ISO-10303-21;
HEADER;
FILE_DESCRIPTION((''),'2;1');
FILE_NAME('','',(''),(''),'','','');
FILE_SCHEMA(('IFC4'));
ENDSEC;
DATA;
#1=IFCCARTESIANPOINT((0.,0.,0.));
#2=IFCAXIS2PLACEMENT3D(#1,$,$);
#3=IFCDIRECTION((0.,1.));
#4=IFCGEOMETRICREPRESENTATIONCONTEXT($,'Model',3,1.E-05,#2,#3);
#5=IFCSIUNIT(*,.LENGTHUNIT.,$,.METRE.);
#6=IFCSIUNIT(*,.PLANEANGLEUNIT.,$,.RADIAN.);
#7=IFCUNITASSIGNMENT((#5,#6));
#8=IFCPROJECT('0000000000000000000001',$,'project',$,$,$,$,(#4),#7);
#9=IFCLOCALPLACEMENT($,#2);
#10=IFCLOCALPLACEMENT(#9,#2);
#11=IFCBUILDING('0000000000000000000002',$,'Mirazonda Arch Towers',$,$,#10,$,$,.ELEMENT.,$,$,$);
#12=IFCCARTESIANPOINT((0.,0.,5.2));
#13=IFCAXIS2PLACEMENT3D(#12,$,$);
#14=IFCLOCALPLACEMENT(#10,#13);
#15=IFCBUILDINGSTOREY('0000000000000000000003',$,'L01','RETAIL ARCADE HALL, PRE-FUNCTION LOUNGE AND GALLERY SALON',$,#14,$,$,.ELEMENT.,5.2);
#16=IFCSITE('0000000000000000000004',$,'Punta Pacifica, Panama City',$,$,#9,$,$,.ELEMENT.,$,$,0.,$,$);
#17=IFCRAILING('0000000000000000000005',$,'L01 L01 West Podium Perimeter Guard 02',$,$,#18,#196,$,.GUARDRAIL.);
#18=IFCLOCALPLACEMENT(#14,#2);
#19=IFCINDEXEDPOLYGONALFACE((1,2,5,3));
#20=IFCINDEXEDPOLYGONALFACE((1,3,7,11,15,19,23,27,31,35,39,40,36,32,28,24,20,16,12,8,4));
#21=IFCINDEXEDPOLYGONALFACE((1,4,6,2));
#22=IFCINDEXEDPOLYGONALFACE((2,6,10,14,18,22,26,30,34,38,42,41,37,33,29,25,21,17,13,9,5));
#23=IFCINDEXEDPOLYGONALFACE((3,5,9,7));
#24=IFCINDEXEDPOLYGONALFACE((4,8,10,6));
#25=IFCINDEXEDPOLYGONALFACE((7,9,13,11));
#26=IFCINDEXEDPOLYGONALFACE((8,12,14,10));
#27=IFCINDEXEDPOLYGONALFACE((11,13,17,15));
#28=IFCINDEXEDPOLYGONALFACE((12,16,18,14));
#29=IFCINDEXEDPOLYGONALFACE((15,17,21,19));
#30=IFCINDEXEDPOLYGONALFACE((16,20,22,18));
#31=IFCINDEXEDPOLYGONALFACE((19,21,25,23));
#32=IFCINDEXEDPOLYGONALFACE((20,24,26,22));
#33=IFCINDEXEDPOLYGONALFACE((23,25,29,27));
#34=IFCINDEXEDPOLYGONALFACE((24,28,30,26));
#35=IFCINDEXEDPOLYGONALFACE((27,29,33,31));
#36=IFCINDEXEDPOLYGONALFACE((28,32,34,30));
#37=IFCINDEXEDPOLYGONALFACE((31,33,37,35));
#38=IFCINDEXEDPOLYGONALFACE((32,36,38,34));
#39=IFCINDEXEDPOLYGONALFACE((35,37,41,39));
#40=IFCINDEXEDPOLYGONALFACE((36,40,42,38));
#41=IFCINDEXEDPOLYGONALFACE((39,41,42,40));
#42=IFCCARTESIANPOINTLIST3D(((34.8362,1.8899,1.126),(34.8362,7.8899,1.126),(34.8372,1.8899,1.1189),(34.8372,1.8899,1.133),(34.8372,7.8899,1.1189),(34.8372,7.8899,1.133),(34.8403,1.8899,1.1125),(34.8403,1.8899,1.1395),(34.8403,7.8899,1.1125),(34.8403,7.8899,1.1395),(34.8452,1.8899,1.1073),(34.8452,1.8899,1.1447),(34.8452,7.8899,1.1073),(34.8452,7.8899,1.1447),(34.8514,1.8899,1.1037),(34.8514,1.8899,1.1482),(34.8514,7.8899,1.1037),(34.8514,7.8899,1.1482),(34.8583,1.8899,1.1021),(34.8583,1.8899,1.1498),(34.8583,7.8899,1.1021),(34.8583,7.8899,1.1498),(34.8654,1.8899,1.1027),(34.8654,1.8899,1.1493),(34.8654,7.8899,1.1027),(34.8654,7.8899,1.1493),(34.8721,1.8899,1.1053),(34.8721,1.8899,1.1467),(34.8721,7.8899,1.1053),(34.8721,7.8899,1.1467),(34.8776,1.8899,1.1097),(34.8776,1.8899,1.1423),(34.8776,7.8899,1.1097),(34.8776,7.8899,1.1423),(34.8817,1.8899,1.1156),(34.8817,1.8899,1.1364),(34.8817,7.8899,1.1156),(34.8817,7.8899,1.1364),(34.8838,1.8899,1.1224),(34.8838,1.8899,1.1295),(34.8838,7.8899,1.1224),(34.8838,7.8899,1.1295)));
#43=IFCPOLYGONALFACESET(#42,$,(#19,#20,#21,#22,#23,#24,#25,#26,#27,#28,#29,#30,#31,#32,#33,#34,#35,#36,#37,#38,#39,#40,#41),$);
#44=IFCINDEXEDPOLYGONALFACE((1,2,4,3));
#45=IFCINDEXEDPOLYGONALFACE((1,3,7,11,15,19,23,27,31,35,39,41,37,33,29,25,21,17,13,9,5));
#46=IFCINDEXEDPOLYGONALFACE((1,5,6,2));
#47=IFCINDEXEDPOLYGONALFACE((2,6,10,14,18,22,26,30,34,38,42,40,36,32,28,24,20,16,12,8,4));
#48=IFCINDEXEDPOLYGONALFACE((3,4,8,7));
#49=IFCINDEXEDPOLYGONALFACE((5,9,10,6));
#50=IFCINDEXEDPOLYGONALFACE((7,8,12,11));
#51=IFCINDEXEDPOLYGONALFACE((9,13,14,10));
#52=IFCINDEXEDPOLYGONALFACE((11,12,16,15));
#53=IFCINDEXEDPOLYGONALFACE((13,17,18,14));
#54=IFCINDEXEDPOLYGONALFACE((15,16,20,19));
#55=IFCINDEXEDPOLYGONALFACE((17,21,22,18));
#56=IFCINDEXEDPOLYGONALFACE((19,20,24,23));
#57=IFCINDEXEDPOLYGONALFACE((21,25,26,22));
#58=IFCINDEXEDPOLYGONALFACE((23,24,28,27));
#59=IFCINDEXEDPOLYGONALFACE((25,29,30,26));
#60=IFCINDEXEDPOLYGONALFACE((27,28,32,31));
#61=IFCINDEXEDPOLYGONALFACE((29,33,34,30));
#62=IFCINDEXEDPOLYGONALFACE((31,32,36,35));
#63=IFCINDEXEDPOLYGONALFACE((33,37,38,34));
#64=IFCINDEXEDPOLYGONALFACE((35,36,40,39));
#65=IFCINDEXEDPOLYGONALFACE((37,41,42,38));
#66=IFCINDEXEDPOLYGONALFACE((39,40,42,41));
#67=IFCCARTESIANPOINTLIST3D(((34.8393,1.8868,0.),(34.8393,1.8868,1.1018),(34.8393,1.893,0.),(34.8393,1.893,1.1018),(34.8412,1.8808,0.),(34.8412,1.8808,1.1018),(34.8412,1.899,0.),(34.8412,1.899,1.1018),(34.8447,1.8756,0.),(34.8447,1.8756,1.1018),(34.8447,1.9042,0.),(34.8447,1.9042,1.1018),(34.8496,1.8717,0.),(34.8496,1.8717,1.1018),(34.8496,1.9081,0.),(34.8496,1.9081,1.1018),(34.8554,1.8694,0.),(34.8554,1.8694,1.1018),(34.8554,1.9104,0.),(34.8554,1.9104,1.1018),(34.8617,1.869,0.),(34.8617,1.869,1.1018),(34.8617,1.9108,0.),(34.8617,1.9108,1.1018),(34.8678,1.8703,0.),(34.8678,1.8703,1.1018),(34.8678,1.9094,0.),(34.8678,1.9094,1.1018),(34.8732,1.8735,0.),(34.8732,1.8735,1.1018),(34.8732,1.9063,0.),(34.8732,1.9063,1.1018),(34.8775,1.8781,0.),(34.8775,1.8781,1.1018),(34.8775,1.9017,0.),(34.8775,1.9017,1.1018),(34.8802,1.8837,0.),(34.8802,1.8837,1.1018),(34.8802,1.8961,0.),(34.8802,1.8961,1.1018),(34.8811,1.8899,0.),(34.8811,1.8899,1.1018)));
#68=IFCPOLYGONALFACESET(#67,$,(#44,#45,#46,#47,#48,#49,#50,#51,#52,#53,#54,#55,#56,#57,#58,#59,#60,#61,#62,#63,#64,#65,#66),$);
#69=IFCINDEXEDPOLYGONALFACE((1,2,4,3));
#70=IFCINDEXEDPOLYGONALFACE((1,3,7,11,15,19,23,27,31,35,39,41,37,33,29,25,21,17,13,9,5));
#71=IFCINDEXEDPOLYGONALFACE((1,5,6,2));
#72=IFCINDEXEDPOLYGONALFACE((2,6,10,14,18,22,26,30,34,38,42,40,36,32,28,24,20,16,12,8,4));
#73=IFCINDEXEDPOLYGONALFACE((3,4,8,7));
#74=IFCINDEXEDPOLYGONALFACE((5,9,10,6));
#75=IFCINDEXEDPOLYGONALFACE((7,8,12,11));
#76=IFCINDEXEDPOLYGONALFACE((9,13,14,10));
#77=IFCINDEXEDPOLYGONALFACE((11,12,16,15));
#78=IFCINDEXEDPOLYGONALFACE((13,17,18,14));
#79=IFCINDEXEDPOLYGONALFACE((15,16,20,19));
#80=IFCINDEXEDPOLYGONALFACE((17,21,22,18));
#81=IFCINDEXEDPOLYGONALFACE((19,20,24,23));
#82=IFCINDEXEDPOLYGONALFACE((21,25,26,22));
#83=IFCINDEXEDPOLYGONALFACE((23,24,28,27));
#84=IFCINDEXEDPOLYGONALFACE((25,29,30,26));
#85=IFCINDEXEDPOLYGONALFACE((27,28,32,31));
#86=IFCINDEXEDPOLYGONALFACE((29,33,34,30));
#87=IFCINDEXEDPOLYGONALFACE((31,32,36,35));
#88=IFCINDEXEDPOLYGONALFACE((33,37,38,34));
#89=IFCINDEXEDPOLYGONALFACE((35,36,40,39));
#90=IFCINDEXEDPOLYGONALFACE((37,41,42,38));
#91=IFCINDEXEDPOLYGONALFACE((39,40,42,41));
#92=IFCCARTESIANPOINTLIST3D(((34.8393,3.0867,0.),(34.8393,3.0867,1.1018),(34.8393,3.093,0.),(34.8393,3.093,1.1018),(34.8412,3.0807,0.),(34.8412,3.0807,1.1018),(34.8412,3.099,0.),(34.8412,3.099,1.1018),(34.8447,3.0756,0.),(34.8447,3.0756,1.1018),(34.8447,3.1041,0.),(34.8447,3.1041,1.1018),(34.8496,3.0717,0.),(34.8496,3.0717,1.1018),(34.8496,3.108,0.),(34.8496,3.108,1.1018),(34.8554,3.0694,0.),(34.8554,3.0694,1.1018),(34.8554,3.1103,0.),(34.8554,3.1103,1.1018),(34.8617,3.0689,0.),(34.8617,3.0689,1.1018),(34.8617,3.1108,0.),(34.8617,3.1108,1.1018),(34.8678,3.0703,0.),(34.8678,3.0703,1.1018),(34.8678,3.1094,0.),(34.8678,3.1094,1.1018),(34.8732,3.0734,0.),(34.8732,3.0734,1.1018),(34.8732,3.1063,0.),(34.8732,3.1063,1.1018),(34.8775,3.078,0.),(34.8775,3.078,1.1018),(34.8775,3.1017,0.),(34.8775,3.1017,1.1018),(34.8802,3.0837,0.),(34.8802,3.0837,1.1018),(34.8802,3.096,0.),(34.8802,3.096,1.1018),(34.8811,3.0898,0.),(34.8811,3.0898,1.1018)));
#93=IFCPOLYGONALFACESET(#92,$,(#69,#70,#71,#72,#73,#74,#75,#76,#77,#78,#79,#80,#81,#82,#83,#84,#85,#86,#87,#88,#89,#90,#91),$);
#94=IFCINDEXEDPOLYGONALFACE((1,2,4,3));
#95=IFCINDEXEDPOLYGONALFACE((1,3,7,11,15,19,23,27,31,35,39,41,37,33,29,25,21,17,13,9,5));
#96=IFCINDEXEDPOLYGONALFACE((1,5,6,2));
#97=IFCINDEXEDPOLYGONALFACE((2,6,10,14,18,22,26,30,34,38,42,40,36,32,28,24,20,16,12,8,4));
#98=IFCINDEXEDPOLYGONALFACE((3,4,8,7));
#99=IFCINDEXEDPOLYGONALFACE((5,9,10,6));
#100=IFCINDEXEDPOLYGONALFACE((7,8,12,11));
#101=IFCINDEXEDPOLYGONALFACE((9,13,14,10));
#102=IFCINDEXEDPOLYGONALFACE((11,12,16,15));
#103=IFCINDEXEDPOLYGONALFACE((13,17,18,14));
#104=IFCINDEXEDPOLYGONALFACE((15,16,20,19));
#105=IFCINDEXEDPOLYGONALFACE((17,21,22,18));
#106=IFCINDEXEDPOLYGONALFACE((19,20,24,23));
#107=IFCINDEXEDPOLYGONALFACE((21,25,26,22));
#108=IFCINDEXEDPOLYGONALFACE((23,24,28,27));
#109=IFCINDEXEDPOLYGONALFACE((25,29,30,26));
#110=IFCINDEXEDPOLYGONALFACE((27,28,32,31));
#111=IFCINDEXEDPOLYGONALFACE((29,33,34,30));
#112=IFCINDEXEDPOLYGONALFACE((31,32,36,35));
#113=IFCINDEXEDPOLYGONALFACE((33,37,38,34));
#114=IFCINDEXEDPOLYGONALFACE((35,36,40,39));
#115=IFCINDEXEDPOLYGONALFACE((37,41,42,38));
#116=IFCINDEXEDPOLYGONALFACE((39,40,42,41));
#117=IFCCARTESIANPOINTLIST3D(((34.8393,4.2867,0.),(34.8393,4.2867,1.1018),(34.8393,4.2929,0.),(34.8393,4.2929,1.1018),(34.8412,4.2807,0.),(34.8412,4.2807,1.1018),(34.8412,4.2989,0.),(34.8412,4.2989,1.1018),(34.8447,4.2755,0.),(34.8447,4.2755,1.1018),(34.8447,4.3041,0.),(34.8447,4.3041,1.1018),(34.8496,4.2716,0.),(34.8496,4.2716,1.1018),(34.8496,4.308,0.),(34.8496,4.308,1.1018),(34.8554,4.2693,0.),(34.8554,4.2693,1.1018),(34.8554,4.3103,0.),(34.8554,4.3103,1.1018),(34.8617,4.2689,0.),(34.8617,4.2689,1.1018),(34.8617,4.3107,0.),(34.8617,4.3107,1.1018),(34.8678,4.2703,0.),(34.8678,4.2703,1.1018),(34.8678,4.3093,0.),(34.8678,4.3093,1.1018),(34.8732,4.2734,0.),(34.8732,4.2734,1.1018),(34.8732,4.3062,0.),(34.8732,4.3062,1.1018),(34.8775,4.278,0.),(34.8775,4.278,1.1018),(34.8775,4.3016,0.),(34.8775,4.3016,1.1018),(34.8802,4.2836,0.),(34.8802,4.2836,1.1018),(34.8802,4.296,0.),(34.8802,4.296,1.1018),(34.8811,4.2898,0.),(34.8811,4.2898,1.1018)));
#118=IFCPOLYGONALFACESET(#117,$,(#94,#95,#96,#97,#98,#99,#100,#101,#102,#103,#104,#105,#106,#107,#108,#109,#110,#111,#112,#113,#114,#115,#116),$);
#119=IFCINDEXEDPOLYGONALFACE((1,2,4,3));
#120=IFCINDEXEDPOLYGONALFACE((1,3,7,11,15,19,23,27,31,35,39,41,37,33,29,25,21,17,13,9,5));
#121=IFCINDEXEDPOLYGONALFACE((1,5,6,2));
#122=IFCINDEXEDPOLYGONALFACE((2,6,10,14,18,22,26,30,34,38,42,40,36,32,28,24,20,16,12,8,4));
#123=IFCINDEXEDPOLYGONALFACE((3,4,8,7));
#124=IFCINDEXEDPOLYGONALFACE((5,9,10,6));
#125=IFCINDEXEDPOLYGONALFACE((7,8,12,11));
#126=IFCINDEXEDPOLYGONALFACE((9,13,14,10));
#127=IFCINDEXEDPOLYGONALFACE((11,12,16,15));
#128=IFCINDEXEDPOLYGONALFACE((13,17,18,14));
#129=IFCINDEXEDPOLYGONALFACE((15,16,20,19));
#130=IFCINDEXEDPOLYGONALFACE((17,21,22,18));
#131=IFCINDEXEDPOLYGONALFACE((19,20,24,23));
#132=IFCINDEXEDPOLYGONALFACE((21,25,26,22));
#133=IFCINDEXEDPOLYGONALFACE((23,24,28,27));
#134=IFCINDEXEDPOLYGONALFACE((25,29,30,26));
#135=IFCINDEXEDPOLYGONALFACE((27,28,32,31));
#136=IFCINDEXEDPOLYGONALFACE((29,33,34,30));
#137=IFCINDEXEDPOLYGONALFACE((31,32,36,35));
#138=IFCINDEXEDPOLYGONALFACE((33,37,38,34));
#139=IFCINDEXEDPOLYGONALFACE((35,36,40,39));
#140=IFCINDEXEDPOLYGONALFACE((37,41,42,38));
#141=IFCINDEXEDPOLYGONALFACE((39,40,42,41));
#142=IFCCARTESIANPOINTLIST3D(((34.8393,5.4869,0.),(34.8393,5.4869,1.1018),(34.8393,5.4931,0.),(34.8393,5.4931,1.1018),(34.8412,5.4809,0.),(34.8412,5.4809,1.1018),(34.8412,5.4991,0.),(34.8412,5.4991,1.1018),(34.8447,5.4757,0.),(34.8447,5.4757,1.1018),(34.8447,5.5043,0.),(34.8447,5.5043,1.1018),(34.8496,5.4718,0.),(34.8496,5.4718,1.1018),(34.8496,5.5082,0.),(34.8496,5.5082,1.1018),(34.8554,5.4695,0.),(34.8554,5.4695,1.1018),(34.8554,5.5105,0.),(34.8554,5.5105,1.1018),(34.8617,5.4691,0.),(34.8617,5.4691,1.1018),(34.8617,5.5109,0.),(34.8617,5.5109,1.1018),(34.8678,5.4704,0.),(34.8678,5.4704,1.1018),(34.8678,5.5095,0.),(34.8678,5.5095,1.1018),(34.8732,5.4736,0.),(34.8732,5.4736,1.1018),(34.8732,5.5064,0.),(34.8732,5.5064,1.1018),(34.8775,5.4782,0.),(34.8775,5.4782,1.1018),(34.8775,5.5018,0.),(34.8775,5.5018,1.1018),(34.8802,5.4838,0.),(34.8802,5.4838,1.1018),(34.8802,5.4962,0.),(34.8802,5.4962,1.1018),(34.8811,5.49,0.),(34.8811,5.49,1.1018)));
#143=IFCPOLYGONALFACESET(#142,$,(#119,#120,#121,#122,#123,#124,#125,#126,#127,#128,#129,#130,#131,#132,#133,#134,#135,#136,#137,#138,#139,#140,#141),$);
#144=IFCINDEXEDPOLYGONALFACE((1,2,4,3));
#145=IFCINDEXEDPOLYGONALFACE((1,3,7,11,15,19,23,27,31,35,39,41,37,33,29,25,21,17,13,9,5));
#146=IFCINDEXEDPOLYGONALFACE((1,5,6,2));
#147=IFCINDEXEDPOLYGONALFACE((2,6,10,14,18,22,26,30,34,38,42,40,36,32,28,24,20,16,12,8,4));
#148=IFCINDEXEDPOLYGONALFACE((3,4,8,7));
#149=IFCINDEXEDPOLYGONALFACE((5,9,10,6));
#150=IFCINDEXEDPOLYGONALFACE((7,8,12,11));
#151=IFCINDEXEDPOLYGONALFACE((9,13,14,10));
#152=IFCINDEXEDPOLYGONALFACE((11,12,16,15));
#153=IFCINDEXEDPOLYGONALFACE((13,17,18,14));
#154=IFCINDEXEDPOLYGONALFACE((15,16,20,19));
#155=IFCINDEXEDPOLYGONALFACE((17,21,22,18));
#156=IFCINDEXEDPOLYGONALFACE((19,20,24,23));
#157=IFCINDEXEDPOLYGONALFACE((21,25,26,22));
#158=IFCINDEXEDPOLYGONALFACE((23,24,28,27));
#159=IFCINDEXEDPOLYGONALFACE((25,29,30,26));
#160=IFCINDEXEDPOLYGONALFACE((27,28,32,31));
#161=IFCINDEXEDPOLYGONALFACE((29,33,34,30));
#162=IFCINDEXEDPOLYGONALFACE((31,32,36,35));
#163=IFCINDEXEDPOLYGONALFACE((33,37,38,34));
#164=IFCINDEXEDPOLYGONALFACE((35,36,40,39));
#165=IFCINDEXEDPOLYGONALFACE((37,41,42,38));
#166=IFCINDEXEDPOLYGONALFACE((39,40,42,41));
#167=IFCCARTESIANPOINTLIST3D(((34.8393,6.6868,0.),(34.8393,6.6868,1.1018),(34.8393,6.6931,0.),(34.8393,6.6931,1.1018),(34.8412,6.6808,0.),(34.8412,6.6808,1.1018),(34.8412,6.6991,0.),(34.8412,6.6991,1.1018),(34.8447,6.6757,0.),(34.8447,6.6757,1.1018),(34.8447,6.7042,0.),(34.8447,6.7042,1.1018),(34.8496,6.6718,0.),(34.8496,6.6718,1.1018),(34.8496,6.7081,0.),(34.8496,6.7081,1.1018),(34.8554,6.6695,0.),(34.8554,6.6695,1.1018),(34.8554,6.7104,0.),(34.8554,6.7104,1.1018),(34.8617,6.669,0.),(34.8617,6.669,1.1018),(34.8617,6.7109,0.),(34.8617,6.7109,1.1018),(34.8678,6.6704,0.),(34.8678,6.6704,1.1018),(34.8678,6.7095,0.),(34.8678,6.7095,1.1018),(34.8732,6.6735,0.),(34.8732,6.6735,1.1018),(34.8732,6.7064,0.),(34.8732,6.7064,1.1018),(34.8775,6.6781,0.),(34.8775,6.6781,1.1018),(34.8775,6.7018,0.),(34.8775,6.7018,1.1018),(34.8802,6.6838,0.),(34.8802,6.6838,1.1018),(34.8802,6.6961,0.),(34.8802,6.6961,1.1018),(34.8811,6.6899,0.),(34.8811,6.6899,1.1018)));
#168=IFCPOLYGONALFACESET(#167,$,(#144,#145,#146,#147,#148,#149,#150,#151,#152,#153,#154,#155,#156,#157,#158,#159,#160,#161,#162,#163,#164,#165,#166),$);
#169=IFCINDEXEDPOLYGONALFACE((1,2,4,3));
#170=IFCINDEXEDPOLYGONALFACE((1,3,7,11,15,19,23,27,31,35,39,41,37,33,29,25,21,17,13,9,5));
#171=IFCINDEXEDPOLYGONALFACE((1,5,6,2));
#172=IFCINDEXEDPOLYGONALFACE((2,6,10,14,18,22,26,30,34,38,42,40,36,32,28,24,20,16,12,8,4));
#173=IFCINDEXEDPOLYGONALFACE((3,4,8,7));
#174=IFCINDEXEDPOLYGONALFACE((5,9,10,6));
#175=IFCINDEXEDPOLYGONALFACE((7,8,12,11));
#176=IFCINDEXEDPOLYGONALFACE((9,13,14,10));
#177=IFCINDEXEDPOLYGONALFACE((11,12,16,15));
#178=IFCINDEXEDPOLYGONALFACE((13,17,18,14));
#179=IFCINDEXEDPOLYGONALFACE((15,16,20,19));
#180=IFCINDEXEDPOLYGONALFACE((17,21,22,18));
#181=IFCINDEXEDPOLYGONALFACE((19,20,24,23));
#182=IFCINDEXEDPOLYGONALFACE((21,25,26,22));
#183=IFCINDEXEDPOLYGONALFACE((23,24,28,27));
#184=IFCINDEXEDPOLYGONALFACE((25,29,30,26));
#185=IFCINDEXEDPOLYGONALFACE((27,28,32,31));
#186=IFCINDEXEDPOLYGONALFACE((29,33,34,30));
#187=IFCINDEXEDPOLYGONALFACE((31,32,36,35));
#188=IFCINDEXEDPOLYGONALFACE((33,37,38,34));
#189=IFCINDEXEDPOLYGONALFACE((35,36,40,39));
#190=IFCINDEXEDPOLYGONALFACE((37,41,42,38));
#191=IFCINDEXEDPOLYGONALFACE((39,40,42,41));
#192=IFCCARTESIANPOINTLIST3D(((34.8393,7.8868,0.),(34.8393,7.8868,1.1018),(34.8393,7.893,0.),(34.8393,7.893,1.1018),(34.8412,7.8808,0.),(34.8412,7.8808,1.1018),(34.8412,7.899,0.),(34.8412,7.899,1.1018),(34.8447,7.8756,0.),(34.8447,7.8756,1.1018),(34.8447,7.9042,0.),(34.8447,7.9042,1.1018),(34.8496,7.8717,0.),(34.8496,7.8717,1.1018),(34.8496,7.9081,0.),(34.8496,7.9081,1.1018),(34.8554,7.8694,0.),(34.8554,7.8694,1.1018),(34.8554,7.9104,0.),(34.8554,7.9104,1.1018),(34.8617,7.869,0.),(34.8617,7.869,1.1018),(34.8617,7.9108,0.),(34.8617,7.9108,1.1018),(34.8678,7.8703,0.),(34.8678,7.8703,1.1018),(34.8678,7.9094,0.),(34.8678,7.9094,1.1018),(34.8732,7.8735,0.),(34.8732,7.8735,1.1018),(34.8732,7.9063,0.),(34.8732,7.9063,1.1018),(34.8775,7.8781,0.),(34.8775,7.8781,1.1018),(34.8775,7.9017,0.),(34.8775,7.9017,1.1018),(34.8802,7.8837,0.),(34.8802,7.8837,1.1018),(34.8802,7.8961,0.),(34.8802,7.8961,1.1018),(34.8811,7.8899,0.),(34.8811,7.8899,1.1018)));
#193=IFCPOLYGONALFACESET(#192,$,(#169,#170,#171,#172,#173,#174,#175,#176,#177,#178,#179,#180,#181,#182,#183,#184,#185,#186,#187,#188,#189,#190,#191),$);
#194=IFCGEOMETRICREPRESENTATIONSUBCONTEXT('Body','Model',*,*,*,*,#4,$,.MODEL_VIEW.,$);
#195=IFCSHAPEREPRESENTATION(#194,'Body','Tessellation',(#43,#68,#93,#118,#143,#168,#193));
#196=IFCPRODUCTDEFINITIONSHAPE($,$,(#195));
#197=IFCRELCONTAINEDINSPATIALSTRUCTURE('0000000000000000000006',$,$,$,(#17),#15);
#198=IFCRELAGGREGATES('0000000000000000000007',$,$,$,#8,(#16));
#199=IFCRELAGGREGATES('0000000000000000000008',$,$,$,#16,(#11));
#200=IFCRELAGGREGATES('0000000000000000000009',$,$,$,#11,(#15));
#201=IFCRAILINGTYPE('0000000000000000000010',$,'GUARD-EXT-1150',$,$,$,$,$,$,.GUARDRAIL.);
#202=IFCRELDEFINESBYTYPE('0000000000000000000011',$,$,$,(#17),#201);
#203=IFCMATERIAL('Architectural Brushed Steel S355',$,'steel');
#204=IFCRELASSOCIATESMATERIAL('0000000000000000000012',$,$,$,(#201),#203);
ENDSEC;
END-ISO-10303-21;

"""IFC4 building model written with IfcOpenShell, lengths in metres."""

from ifc_helpers import new_model, si_unit, direction, frame, origin, origin_2d, place, context, subcontext, project, spatial, circle, extrude, material, type_object, element, save


model = new_model("IFC4")

# Units and contexts
model_context = context("Model", 3, precision=1e-05, world=origin(), true_north=direction((0.0, 1.0)))
body_context = subcontext(model_context, "Body", "Model", "MODEL_VIEW")
ifc_project = project(units=[si_unit("LENGTHUNIT", "METRE"), si_unit("PLANEANGLEUNIT", "RADIAN")], contexts=[model_context])

# Site, building, storey
site_placement = place(None, origin())
site = spatial("IfcSite", under=ifc_project, at=site_placement, Name="Punta Pacifica, Panama City", CompositionType="ELEMENT", RefElevation=0.0)
building_placement = place(site_placement, origin())
building = spatial("IfcBuilding", under=site, at=building_placement, Name="Mirazonda Arch Towers", CompositionType="ELEMENT")
storey_placement = place(building_placement, frame((0.0, 0.0, 5.2)))
storey = spatial("IfcBuildingStorey", under=building, at=storey_placement, Name="L01", Description="RETAIL ARCADE HALL, PRE-FUNCTION LOUNGE AND GALLERY SALON", CompositionType="ELEMENT", Elevation=5.2)

# Railing
ifc_material_1 = material(Name="Architectural Brushed Steel S355", Category="steel")
railing_type = type_object("IfcRailingType", Name="GUARD-EXT-1150", PredefinedType="GUARDRAIL", material=ifc_material_1)
railing_1_placement = place(storey_placement, frame((34.8601, 1.8899, 0.0)))
element("IfcRailing", 1, at=railing_1_placement, inside=storey, type_object=railing_type, Name="L01 L01 West Podium Perimeter Guard 02", PredefinedType="GUARDRAIL", context=body_context, shape_type="SweptSolid", body=[
    extrude(circle(Radius=0.0239, at=origin_2d()), frame((0.0, 0.0, 1.126), z_axis=(0.0, 1.0, 0.0), x_axis=(-1.0, 0.0, 0.0)), (0.0, 0.0, 1.0), 6.0),
    extrude(circle(Radius=0.021, at=origin_2d()), origin(), (0.0, 0.0, 1.0), 1.1018),
    extrude(circle(Radius=0.021, at=origin_2d()), frame((0.0, 1.2, 0.0)), (0.0, 0.0, 1.0), 1.1018),
    extrude(circle(Radius=0.021, at=origin_2d()), frame((0.0, 2.3999, 0.0)), (0.0, 0.0, 1.0), 1.1018),
    extrude(circle(Radius=0.021, at=origin_2d()), frame((0.0, 3.6001, 0.0)), (0.0, 0.0, 1.0), 1.1018),
    extrude(circle(Radius=0.021, at=origin_2d()), frame((0.0, 4.8, 0.0)), (0.0, 0.0, 1.0), 1.1018),
    extrude(circle(Radius=0.021, at=origin_2d()), frame((0.0, 6.0, 0.0)), (0.0, 0.0, 1.0), 1.1018),
])

save(model, "model.ifc")
